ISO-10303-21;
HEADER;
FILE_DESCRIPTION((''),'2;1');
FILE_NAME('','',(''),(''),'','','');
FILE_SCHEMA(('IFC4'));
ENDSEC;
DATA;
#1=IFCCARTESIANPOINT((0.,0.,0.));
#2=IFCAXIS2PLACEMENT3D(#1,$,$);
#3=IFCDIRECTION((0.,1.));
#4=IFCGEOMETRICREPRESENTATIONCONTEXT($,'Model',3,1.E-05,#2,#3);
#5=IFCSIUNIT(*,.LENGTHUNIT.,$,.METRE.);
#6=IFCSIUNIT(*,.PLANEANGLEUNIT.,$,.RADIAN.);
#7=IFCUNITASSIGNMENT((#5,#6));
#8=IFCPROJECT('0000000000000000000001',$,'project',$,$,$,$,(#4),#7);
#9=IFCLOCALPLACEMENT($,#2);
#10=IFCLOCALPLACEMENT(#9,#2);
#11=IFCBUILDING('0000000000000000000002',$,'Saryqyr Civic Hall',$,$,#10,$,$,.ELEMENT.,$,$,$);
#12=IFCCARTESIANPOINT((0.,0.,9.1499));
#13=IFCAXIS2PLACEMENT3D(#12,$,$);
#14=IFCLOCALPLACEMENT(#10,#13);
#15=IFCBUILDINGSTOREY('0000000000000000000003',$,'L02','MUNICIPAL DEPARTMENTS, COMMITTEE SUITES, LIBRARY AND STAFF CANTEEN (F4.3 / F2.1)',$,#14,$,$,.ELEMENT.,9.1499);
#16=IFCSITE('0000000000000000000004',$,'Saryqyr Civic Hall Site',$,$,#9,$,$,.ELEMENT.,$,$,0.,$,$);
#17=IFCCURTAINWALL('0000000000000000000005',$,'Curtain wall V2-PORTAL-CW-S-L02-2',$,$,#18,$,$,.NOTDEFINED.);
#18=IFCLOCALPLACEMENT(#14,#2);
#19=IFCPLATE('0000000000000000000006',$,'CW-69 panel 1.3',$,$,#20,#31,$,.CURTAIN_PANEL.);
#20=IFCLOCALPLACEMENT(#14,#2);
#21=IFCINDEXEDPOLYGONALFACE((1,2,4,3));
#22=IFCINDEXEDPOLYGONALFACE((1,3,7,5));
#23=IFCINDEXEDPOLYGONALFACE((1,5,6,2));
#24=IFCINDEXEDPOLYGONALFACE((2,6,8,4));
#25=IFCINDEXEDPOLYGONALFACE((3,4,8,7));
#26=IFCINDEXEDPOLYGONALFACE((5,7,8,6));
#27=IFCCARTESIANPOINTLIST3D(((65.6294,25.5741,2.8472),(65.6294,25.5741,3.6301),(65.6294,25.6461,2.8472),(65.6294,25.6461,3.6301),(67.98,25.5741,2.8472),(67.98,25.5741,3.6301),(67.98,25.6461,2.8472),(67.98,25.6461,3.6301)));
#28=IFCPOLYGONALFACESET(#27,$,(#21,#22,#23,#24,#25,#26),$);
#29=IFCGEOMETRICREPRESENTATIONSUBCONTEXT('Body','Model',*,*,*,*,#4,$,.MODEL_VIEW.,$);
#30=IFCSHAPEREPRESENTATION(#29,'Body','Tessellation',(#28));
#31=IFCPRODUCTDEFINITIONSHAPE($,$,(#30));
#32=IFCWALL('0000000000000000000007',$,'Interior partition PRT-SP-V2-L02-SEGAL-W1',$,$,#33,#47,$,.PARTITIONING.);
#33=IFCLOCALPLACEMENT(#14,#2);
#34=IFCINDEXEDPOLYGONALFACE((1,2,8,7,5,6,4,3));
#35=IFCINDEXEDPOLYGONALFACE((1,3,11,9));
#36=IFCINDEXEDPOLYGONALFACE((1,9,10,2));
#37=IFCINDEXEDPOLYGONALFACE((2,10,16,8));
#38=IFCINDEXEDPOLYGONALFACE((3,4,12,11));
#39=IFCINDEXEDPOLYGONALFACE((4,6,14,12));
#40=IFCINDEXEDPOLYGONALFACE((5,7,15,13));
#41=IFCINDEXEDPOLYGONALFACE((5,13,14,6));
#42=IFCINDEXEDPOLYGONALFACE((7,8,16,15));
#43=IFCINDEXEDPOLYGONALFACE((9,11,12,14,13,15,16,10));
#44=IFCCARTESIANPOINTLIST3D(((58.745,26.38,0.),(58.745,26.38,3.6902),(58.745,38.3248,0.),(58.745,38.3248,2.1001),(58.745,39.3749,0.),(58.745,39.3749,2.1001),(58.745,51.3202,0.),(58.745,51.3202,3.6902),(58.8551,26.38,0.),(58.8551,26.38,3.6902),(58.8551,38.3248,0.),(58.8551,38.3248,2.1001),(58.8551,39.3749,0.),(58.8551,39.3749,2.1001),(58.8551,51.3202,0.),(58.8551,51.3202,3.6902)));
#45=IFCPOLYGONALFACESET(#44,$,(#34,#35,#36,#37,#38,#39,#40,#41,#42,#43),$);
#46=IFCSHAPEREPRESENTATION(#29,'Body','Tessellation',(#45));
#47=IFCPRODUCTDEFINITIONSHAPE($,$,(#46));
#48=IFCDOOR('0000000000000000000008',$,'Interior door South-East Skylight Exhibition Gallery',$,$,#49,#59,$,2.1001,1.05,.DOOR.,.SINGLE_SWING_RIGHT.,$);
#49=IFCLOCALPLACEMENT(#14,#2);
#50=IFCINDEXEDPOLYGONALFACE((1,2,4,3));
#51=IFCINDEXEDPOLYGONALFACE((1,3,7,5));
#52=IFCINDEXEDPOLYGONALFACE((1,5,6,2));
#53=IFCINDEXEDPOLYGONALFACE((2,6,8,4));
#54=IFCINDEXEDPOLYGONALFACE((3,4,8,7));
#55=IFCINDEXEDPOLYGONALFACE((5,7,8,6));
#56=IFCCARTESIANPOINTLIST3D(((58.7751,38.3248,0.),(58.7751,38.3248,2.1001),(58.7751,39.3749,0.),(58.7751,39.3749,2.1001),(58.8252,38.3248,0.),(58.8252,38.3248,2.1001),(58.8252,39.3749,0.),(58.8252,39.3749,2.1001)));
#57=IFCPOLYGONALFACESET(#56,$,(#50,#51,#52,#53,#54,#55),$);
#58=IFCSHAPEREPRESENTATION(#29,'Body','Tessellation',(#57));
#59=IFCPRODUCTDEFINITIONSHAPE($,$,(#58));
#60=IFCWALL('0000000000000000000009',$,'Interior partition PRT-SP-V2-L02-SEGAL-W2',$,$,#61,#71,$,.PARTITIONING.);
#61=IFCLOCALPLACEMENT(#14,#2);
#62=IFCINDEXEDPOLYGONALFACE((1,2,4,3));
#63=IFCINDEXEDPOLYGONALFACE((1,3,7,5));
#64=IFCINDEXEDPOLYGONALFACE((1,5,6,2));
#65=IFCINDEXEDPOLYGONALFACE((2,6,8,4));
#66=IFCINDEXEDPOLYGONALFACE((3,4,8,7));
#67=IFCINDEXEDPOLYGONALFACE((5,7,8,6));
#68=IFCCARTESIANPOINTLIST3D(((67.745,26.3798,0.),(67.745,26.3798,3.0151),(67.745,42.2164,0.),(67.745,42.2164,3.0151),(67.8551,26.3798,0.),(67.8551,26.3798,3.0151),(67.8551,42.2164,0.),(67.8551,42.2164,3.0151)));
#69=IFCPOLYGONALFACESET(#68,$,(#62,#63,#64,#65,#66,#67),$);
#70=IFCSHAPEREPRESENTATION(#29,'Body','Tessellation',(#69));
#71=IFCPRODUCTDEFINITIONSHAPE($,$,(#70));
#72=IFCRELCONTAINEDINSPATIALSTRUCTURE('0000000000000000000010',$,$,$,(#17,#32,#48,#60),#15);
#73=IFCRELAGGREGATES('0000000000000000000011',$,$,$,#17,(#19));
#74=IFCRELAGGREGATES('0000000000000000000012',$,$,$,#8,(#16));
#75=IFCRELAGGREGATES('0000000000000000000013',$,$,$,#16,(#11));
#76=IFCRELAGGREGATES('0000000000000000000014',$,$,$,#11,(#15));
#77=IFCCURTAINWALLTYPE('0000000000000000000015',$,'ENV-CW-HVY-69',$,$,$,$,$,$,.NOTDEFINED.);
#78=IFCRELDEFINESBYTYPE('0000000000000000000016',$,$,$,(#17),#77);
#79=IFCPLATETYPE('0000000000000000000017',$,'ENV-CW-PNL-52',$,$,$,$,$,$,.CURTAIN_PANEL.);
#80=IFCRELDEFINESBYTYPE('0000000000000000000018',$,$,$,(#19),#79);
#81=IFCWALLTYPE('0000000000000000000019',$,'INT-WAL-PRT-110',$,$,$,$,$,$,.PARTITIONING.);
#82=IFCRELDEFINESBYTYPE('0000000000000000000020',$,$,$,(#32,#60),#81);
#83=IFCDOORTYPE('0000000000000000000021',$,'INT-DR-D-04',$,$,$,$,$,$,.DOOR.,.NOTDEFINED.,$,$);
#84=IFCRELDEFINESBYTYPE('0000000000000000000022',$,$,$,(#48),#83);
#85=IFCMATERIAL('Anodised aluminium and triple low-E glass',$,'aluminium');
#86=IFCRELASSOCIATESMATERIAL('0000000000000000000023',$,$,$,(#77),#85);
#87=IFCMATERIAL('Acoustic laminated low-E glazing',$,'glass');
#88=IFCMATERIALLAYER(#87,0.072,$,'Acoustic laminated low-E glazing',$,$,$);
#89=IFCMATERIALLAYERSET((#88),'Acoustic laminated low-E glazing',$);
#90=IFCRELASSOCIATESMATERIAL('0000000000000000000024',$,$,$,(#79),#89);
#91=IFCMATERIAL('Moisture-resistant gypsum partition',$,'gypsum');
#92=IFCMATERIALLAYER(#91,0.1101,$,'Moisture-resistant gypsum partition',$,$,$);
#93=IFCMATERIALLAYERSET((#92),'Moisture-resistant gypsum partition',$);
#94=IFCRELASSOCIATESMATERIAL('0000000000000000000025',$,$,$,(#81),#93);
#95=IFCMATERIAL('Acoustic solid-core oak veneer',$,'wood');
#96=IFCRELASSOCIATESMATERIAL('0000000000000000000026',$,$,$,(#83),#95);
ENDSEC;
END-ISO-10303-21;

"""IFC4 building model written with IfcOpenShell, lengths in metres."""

from ifc_helpers import new_model, si_unit, direction, frame, frame_2d, origin, origin_2d, place, context, subcontext, project, spatial, rectangle, extrude, material, layer, layer_set, type_object, element, fill, aggregate, save


model = new_model("IFC4")

# Units and contexts
model_context = context("Model", 3, precision=1e-05, world=origin(), true_north=direction((0.0, 1.0)))
body_context = subcontext(model_context, "Body", "Model", "MODEL_VIEW")
ifc_project = project(units=[si_unit("LENGTHUNIT", "METRE"), si_unit("PLANEANGLEUNIT", "RADIAN")], contexts=[model_context])

# Site, building, storey
site_placement = place(None, origin())
site = spatial("IfcSite", under=ifc_project, at=site_placement, Name="Saryqyr Civic Hall Site", CompositionType="ELEMENT", RefElevation=0.0)
building_placement = place(site_placement, origin())
building = spatial("IfcBuilding", under=site, at=building_placement, Name="Saryqyr Civic Hall", CompositionType="ELEMENT")
storey_placement = place(building_placement, frame((0.0, 0.0, 9.1499)))
storey = spatial("IfcBuildingStorey", under=building, at=storey_placement, Name="L02", Description="MUNICIPAL DEPARTMENTS, COMMITTEE SUITES, LIBRARY AND STAFF CANTEEN (F4.3 / F2.1)", CompositionType="ELEMENT", Elevation=9.1499)

# Curtain wall
ifc_material_1 = material(Name="Anodised aluminium and triple low-E glass", Category="aluminium")
curtain_wall_type_1 = type_object("IfcCurtainWallType", Name="ENV-CW-HVY-69", PredefinedType="NOTDEFINED", material=ifc_material_1)
curtain_wall_1_placement = place(storey_placement, origin())
curtain_wall_1 = element("IfcCurtainWall", 1, at=curtain_wall_1_placement, inside=storey, type_object=curtain_wall_type_1, Name="Curtain wall V2-PORTAL-CW-S-L02-2", PredefinedType="NOTDEFINED")

# Plate
ifc_material_2 = material(Name="Acoustic laminated low-E glazing", Category="glass")
ifc_layer_1 = layer(ifc_material_2, 0.072, Name="Acoustic laminated low-E glazing")
ifc_layer_set_1 = layer_set([ifc_layer_1], Name="Acoustic laminated low-E glazing")
plate_type_1 = type_object("IfcPlateType", Name="ENV-CW-PNL-52", PredefinedType="CURTAIN_PANEL", material=ifc_layer_set_1)
plate_1_placement = place(storey_placement, frame((66.8047, 25.6101, 2.8472), z_axis=(0.0, 0.0, 1.0), x_axis=(-1.0, 0.0, 0.0)))
plate_1 = element("IfcPlate", 2, at=plate_1_placement, type_object=plate_type_1, Name="CW-69 panel 1.3", PredefinedType="CURTAIN_PANEL", context=body_context, shape_type="SweptSolid", body=[
    extrude(rectangle(XDim=2.3506, YDim=0.072, at=origin_2d()), origin(), (0.0, 0.0, 1.0), 0.783),
])
aggregate(curtain_wall_1, [plate_1])

# Wall, opening, door
ifc_material_3 = material(Name="Moisture-resistant gypsum partition", Category="gypsum")
ifc_layer_2 = layer(ifc_material_3, 0.1101, Name="Moisture-resistant gypsum partition")
ifc_layer_set_2 = layer_set([ifc_layer_2], Name="Moisture-resistant gypsum partition")
wall_type = type_object("IfcWallType", Name="INT-WAL-PRT-110", PredefinedType="PARTITIONING", material=ifc_layer_set_2)
wall_1_placement = place(storey_placement, frame((58.8, 26.3799, 0.0), z_axis=(0.0, 0.0, 1.0), x_axis=(0.0, 1.0, 0.0)))
wall_1 = element("IfcWall", 3, at=wall_1_placement, inside=storey, type_object=wall_type, Name="Interior partition PRT-SP-V2-L02-SEGAL-W1", PredefinedType="PARTITIONING", context=body_context, shape_type="SweptSolid", body=[
    extrude(rectangle(XDim=24.9402, YDim=0.1101, at=frame_2d((12.4702, 0.0))), origin(), (0.0, 0.0, 1.0), 3.6902),
])
opening_placement = place(wall_1_placement, frame((11.9451, 0.0, 0.0)))
opening = element("IfcOpeningElement", 4, at=opening_placement, cuts=wall_1, PredefinedType="OPENING", context=body_context, shape_type="SweptSolid", body=[
    extrude(rectangle(XDim=1.05, YDim=2.1001, at=frame_2d((0.5249, 1.05))), frame((0.0, 0.0649, 0.0), z_axis=(0.0, -1.0, 0.0), x_axis=(1.0, 0.0, 0.0)), (0.0, 0.0, 1.0), 0.1301),
])
ifc_material_4 = material(Name="Acoustic solid-core oak veneer", Category="wood")
door_type = type_object("IfcDoorType", Name="INT-DR-D-04", OperationType="NOTDEFINED", PredefinedType="DOOR", material=ifc_material_4)
door_placement = place(opening_placement, origin())
door = element("IfcDoor", 5, at=door_placement, inside=storey, type_object=door_type, Name="Interior door South-East Skylight Exhibition Gallery", OperationType="SINGLE_SWING_RIGHT", OverallHeight=2.1001, OverallWidth=1.05, PredefinedType="DOOR", context=body_context, shape_type="SweptSolid", body=[
    extrude(rectangle(XDim=1.05, YDim=2.1001, at=frame_2d((0.5249, 1.05))), frame((0.0, 0.0249, 0.0), z_axis=(0.0, -1.0, 0.0), x_axis=(1.0, 0.0, 0.0)), (0.0, 0.0, 1.0), 0.05),
])
fill(opening, door)

# Wall
wall_2_placement = place(storey_placement, frame((67.8, 42.2166, 0.0), z_axis=(0.0, 0.0, 1.0), x_axis=(0.0, -1.0, 0.0)))
element("IfcWall", 6, at=wall_2_placement, inside=storey, type_object=wall_type, Name="Interior partition PRT-SP-V2-L02-SEGAL-W2", PredefinedType="PARTITIONING", context=body_context, shape_type="SweptSolid", body=[
    extrude(rectangle(XDim=15.8367, YDim=0.1101, at=frame_2d((7.9185, 0.0))), origin(), (0.0, 0.0, 1.0), 3.0151),
])

save(model, "model.ifc")
